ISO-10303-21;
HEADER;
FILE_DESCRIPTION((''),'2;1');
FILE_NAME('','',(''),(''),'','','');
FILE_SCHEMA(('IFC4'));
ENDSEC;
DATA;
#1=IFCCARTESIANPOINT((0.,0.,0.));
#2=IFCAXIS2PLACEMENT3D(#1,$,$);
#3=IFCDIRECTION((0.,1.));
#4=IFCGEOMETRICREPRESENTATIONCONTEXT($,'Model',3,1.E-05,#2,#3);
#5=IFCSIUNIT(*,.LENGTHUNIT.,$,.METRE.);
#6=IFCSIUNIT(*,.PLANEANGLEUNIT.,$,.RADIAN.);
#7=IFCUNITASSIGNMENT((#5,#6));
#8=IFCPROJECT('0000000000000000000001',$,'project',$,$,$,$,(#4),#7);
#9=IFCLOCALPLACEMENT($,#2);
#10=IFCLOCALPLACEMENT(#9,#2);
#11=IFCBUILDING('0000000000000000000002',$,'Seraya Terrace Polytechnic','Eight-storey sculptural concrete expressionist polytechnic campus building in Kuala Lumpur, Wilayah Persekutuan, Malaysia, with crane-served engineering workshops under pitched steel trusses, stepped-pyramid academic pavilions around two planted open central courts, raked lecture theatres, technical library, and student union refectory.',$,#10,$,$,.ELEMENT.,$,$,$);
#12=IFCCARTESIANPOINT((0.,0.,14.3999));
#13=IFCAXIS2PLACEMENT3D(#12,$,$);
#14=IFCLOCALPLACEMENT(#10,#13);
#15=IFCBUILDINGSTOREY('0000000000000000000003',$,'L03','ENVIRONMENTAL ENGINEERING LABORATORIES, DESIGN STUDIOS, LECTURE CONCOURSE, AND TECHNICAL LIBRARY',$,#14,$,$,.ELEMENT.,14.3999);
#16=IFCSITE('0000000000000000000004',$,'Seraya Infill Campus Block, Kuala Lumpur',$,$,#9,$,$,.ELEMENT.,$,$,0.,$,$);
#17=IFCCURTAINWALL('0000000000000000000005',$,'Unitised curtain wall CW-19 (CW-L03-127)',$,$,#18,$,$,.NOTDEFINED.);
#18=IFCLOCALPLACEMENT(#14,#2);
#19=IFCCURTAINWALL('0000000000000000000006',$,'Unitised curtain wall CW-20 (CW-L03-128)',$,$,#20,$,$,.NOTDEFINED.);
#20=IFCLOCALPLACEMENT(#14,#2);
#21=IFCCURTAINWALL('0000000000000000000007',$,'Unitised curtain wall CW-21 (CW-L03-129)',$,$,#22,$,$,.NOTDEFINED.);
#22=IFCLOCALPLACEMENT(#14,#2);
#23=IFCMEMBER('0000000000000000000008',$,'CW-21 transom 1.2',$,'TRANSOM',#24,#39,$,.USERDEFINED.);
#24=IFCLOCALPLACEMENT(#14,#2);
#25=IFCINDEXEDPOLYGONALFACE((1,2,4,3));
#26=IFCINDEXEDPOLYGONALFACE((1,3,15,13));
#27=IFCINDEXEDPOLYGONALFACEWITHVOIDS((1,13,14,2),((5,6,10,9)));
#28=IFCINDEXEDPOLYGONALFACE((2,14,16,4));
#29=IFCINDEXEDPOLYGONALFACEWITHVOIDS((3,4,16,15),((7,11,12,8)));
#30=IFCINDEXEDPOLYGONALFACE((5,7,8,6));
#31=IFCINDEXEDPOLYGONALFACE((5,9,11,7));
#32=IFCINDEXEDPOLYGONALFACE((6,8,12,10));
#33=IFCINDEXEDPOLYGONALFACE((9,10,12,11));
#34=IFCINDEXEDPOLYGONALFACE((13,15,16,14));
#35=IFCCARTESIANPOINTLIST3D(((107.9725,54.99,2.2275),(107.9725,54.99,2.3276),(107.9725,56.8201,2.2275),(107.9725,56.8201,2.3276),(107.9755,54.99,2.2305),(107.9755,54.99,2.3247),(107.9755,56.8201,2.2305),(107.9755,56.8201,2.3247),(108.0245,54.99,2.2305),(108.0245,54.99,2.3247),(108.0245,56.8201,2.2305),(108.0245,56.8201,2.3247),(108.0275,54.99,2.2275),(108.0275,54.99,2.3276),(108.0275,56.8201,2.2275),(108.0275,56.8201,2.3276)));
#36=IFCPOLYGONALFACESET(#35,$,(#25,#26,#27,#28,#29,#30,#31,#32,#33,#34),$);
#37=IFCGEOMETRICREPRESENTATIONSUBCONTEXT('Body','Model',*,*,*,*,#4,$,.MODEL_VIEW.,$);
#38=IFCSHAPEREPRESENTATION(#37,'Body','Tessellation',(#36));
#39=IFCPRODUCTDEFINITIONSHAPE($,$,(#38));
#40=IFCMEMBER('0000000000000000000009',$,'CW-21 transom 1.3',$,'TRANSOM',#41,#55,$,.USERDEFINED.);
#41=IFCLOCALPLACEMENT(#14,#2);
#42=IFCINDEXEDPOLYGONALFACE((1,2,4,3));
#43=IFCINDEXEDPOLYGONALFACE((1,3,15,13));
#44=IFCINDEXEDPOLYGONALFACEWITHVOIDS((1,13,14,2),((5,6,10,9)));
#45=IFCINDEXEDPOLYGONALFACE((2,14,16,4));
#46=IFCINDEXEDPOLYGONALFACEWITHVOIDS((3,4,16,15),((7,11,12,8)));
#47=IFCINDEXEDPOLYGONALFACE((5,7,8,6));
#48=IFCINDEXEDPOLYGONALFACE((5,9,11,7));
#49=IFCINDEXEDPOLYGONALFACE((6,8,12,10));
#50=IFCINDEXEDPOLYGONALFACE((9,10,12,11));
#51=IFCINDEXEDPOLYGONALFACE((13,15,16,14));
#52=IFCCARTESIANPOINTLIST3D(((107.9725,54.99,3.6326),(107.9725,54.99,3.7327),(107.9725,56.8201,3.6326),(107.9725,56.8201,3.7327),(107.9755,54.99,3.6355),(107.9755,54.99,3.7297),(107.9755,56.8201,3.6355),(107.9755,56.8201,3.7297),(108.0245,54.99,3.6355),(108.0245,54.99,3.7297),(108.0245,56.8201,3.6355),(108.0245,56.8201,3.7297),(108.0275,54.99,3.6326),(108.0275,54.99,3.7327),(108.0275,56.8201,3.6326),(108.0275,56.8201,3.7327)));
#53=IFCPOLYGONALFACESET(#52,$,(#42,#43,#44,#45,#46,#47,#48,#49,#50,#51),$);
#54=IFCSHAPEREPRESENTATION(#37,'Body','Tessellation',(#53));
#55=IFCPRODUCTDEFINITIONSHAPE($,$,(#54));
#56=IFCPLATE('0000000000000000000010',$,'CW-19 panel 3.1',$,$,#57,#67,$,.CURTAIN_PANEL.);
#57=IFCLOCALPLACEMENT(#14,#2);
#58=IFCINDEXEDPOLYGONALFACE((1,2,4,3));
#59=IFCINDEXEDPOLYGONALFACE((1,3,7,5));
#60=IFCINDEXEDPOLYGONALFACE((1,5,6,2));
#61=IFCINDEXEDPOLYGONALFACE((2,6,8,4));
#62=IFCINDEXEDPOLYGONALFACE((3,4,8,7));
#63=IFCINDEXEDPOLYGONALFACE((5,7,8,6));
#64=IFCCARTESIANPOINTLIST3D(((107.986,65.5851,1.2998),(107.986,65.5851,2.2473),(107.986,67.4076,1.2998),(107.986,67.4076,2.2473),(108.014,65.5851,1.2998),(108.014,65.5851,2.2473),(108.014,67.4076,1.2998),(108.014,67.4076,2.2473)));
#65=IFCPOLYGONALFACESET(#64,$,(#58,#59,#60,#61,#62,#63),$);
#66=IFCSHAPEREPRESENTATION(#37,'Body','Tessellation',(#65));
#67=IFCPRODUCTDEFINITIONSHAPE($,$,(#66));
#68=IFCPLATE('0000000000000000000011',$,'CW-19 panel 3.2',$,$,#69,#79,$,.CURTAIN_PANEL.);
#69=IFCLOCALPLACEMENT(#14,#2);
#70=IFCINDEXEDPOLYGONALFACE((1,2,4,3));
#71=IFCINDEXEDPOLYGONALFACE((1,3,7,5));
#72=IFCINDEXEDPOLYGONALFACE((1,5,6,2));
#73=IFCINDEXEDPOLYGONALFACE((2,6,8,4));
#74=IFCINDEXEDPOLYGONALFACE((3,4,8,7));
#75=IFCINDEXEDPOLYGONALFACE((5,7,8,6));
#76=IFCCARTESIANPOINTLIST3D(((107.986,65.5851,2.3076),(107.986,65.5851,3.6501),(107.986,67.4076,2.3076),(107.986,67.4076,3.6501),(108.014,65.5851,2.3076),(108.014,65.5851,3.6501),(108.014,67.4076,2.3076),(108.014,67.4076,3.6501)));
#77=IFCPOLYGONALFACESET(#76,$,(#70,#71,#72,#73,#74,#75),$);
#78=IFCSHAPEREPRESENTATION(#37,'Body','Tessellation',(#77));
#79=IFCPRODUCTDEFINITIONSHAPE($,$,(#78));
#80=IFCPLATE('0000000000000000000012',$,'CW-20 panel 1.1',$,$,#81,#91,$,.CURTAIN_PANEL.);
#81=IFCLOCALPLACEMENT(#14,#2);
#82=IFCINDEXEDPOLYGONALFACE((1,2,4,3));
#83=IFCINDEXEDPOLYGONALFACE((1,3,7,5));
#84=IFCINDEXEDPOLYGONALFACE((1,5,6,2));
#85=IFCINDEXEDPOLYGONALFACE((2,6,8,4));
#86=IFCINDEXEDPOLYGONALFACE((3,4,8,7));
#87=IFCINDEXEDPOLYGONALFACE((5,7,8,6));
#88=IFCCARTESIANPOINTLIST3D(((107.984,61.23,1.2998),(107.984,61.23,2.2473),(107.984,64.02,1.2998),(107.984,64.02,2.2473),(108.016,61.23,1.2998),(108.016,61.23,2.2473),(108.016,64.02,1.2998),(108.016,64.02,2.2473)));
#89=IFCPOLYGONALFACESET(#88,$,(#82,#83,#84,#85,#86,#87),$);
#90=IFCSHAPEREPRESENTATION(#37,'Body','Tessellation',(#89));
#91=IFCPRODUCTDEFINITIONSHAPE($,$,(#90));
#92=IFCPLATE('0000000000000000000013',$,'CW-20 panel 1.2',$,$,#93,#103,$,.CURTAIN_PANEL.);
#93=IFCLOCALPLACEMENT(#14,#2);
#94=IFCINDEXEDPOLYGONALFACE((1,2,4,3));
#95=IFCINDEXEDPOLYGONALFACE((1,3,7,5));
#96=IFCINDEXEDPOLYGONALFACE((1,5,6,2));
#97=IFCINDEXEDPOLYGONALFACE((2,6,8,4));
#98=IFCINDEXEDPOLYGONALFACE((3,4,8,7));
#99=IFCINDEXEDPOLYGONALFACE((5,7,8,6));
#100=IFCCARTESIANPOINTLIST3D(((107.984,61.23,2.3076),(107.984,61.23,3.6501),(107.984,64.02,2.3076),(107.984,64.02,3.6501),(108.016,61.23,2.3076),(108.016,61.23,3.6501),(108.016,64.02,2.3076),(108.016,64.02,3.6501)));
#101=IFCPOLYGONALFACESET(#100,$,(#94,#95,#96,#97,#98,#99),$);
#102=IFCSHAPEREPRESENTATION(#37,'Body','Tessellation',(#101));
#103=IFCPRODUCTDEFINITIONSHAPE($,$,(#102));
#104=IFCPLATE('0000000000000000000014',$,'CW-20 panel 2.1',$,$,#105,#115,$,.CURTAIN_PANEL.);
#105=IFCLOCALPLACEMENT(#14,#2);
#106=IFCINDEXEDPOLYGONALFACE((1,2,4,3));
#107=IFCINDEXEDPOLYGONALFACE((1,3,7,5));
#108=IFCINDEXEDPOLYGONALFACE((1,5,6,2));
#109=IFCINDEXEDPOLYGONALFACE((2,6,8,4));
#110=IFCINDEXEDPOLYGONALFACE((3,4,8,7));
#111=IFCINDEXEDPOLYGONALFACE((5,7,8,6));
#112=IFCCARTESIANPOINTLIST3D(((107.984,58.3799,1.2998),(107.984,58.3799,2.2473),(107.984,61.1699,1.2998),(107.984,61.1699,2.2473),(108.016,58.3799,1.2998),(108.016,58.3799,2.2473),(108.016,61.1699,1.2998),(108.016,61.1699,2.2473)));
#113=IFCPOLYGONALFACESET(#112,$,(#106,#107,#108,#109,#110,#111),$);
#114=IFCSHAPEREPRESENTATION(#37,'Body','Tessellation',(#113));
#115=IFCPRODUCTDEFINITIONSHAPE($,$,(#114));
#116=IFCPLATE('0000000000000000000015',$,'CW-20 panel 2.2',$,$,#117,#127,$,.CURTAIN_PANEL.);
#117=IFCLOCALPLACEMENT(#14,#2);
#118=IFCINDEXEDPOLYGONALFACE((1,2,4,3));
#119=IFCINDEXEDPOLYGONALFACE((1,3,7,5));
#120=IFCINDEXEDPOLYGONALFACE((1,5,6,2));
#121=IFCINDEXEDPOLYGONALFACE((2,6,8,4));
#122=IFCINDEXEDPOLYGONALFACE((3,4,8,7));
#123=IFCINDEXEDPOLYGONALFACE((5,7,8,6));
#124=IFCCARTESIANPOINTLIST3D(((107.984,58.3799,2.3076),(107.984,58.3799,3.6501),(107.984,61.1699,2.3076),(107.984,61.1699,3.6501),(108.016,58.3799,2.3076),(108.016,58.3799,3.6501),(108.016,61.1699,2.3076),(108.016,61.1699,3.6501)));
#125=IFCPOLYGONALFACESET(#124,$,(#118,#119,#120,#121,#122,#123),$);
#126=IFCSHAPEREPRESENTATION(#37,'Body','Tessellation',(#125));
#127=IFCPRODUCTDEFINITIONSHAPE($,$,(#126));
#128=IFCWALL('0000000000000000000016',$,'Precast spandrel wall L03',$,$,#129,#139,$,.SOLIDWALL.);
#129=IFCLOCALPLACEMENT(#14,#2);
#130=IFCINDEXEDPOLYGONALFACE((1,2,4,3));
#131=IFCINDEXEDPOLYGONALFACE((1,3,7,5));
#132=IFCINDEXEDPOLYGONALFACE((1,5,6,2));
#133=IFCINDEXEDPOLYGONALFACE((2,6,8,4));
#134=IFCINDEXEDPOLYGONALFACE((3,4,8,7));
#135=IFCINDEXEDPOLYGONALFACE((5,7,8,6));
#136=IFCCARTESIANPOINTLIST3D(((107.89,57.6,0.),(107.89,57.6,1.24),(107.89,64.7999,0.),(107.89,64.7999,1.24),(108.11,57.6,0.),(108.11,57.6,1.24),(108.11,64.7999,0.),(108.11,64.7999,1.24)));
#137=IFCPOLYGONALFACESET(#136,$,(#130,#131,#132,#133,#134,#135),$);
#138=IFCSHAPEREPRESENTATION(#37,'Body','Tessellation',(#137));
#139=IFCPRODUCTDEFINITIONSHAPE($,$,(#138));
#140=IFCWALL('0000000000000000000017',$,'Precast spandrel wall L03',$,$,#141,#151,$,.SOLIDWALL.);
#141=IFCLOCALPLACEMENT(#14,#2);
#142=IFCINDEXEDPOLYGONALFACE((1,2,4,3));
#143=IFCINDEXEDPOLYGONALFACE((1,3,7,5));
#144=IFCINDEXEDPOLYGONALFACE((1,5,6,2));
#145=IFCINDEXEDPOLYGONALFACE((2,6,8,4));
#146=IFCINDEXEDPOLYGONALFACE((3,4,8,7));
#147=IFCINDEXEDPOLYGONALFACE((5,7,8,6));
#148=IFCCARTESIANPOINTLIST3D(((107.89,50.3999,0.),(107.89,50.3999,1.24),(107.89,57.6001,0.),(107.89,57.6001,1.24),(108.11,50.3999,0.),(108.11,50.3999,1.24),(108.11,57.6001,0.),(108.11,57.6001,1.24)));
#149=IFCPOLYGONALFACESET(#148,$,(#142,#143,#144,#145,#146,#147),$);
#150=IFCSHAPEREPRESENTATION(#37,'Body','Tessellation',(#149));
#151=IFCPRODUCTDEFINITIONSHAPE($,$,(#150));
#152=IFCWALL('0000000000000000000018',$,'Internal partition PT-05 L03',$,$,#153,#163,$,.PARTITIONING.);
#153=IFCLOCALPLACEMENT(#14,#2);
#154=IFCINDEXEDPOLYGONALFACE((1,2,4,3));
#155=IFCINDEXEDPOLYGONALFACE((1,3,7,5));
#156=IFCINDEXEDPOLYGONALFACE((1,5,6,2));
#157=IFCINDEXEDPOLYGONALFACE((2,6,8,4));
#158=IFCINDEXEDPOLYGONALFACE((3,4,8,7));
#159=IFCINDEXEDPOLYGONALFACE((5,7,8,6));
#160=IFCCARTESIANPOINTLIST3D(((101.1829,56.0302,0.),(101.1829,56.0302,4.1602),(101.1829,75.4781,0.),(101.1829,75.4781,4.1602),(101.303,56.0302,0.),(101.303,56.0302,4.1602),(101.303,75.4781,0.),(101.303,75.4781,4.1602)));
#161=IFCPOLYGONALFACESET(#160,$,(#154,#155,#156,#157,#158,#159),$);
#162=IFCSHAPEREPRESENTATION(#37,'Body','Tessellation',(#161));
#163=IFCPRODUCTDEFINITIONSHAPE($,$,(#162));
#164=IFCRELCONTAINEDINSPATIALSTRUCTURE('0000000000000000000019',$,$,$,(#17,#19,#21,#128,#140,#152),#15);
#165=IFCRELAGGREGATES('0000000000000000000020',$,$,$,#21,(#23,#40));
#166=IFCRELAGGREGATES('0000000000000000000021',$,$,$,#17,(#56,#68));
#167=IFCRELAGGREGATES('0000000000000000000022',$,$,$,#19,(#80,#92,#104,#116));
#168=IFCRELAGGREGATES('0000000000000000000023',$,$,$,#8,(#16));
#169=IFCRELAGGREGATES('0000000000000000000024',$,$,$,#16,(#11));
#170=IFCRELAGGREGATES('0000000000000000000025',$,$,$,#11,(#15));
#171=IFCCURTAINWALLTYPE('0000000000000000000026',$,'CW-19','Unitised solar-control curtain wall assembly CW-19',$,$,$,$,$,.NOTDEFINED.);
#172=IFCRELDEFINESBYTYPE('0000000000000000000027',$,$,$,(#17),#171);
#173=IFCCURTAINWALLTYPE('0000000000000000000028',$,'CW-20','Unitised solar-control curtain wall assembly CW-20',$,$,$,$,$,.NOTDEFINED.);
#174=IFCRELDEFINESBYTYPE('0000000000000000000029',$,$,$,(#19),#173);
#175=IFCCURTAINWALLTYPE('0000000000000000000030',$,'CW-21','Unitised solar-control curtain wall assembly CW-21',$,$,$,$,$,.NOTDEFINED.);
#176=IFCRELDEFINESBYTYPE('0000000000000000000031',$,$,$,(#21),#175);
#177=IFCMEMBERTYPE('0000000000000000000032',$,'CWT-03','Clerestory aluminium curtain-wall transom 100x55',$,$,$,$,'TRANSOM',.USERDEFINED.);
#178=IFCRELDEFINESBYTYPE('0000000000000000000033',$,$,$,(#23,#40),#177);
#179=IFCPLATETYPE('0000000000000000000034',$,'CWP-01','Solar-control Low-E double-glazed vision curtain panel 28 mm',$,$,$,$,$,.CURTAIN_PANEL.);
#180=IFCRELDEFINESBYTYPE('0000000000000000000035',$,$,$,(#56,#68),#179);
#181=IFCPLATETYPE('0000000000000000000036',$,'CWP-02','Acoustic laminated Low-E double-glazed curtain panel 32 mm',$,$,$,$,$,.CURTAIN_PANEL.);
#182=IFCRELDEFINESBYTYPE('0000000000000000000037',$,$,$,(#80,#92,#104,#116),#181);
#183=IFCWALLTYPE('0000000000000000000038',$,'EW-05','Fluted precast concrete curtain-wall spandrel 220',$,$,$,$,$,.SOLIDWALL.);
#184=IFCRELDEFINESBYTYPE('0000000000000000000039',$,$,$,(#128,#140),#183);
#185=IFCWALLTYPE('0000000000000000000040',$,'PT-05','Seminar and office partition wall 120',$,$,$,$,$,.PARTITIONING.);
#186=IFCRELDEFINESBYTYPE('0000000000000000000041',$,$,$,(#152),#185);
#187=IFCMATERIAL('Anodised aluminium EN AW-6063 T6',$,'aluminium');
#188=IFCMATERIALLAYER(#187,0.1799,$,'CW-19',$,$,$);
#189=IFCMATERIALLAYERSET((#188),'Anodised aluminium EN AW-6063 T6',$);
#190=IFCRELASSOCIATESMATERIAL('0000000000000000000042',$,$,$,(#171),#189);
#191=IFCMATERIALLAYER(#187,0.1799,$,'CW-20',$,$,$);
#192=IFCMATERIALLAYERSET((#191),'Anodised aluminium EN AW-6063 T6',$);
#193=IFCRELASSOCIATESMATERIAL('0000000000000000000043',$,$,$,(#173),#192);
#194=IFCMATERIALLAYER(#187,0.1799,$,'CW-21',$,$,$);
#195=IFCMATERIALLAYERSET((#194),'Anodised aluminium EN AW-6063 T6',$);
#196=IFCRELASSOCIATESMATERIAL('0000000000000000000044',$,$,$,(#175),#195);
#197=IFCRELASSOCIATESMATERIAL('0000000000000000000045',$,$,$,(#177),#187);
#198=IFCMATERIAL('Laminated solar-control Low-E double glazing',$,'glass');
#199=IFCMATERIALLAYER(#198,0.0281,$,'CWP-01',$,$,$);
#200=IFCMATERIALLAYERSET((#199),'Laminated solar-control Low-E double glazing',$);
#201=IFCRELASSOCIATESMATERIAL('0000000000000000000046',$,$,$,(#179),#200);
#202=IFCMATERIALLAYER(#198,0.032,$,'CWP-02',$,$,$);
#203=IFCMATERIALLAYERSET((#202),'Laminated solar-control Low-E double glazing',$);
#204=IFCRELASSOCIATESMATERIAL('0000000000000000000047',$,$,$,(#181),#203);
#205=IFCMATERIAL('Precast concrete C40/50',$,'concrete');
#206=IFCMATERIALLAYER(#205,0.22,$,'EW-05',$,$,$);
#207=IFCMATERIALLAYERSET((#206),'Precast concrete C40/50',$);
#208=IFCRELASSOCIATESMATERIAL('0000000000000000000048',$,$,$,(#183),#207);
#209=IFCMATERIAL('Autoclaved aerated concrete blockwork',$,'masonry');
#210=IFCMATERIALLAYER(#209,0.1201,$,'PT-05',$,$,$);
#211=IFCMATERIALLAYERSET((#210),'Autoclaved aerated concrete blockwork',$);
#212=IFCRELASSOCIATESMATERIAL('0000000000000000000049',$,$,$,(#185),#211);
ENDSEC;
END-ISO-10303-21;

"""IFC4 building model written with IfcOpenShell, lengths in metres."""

from ifc_helpers import new_model, si_unit, direction, frame, frame_2d, origin, origin_2d, place, context, subcontext, project, spatial, rectangle, hollow_rectangle, extrude, material, layer, layer_set, material_profile, profile_set, type_object, element, aggregate, save


model = new_model("IFC4")

# Units and contexts
model_context = context("Model", 3, precision=1e-05, world=origin(), true_north=direction((0.0, 1.0)))
body_context = subcontext(model_context, "Body", "Model", "MODEL_VIEW")
ifc_project = project(units=[si_unit("LENGTHUNIT", "METRE"), si_unit("PLANEANGLEUNIT", "RADIAN")], contexts=[model_context])

# Site, building, storey
site_placement = place(None, origin())
site = spatial("IfcSite", under=ifc_project, at=site_placement, Name="Seraya Infill Campus Block, Kuala Lumpur", CompositionType="ELEMENT", RefElevation=0.0)
building_placement = place(site_placement, origin())
building = spatial("IfcBuilding", under=site, at=building_placement, Name="Seraya Terrace Polytechnic", Description="Eight-storey sculptural concrete expressionist polytechnic campus building in Kuala Lumpur, Wilayah Persekutuan, Malaysia, with crane-served engineering workshops under pitched steel trusses, stepped-pyramid academic pavilions around two planted open central courts, raked lecture theatres, technical library, and student union refectory.", CompositionType="ELEMENT")
storey_placement = place(building_placement, frame((0.0, 0.0, 14.3999)))
storey = spatial("IfcBuildingStorey", under=building, at=storey_placement, Name="L03", Description="ENVIRONMENTAL ENGINEERING LABORATORIES, DESIGN STUDIOS, LECTURE CONCOURSE, AND TECHNICAL LIBRARY", CompositionType="ELEMENT", Elevation=14.3999)

# Curtain wall
ifc_material_1 = material(Name="Anodised aluminium EN AW-6063 T6", Category="aluminium")
ifc_layer_1 = layer(ifc_material_1, 0.1799, Name="CW-19")
ifc_layer_set_1 = layer_set([ifc_layer_1], Name="Anodised aluminium EN AW-6063 T6")
curtain_wall_type_1 = type_object("IfcCurtainWallType", Name="CW-19", Description="Unitised solar-control curtain wall assembly CW-19", PredefinedType="NOTDEFINED", material=ifc_layer_set_1)
curtain_wall_1_placement = place(storey_placement, origin())
curtain_wall_1 = element("IfcCurtainWall", 1, at=curtain_wall_1_placement, inside=storey, type_object=curtain_wall_type_1, Name="Unitised curtain wall CW-19 (CW-L03-127)", PredefinedType="NOTDEFINED")

# Curtain wall
ifc_layer_2 = layer(ifc_material_1, 0.1799, Name="CW-20")
ifc_layer_set_2 = layer_set([ifc_layer_2], Name="Anodised aluminium EN AW-6063 T6")
curtain_wall_type_2 = type_object("IfcCurtainWallType", Name="CW-20", Description="Unitised solar-control curtain wall assembly CW-20", PredefinedType="NOTDEFINED", material=ifc_layer_set_2)
curtain_wall_2_placement = place(storey_placement, origin())
curtain_wall_2 = element("IfcCurtainWall", 2, at=curtain_wall_2_placement, inside=storey, type_object=curtain_wall_type_2, Name="Unitised curtain wall CW-20 (CW-L03-128)", PredefinedType="NOTDEFINED")

# Curtain wall
ifc_layer_3 = layer(ifc_material_1, 0.1799, Name="CW-21")
ifc_layer_set_3 = layer_set([ifc_layer_3], Name="Anodised aluminium EN AW-6063 T6")
curtain_wall_type_3 = type_object("IfcCurtainWallType", Name="CW-21", Description="Unitised solar-control curtain wall assembly CW-21", PredefinedType="NOTDEFINED", material=ifc_layer_set_3)
curtain_wall_3_placement = place(storey_placement, origin())
curtain_wall_3 = element("IfcCurtainWall", 3, at=curtain_wall_3_placement, inside=storey, type_object=curtain_wall_type_3, Name="Unitised curtain wall CW-21 (CW-L03-129)", PredefinedType="NOTDEFINED")

# Members
ifc_material_profile_1 = material_profile(ifc_material_1, hollow_rectangle(XDim=0.0549, YDim=0.1001, WallThickness=0.0029, at=origin_2d()), Name="RHS 100x55x3.0")
ifc_profile_set_1 = profile_set([ifc_material_profile_1], Name="Anodised aluminium EN AW-6063 T6")
member_type_1 = type_object("IfcMemberType", Name="CWT-03", Description="Clerestory aluminium curtain-wall transom 100x55", ElementType="TRANSOM", PredefinedType="USERDEFINED", material=ifc_profile_set_1)
member_1_placement = place(storey_placement, frame((108.0, 56.8201, 2.2776), z_axis=(0.0, -1.0, 0.0), x_axis=(1.0, 0.0, 0.0)))
member_1 = element("IfcMember", 4, at=member_1_placement, type_object=member_type_1, Name="CW-21 transom 1.2", ObjectType="TRANSOM", PredefinedType="USERDEFINED", context=body_context, shape_type="SweptSolid", body=[
    extrude(hollow_rectangle(XDim=0.0549, YDim=0.1001, WallThickness=0.0029, at=origin_2d()), origin(), (0.0, 0.0, 1.0), 1.8301),
])
member_2_placement = place(storey_placement, frame((108.0, 56.8201, 3.6826), z_axis=(0.0, -1.0, 0.0), x_axis=(1.0, 0.0, 0.0)))
member_2 = element("IfcMember", 5, at=member_2_placement, type_object=member_type_1, Name="CW-21 transom 1.3", ObjectType="TRANSOM", PredefinedType="USERDEFINED", context=body_context, shape_type="SweptSolid", body=[
    extrude(hollow_rectangle(XDim=0.0549, YDim=0.1001, WallThickness=0.0029, at=origin_2d()), origin(), (0.0, 0.0, 1.0), 1.8301),
])
aggregate(curtain_wall_3, [member_1, member_2])

# Plates
ifc_material_2 = material(Name="Laminated solar-control Low-E double glazing", Category="glass")
ifc_layer_4 = layer(ifc_material_2, 0.0281, Name="CWP-01")
ifc_layer_set_4 = layer_set([ifc_layer_4], Name="Laminated solar-control Low-E double glazing")
plate_type_1 = type_object("IfcPlateType", Name="CWP-01", Description="Solar-control Low-E double-glazed vision curtain panel 28 mm", PredefinedType="CURTAIN_PANEL", material=ifc_layer_set_4)
plate_1_placement = place(storey_placement, frame((108.0, 66.4963, 1.2998), z_axis=(0.0, 0.0, 1.0), x_axis=(0.0, -1.0, 0.0)))
plate_1 = element("IfcPlate", 6, at=plate_1_placement, type_object=plate_type_1, Name="CW-19 panel 3.1", PredefinedType="CURTAIN_PANEL", context=body_context, shape_type="SweptSolid", body=[
    extrude(rectangle(XDim=1.8225, YDim=0.0281, at=origin_2d()), origin(), (0.0, 0.0, 1.0), 0.9475),
])
plate_2_placement = place(storey_placement, frame((108.0, 66.4963, 2.3076), z_axis=(0.0, 0.0, 1.0), x_axis=(0.0, -1.0, 0.0)))
plate_2 = element("IfcPlate", 7, at=plate_2_placement, type_object=plate_type_1, Name="CW-19 panel 3.2", PredefinedType="CURTAIN_PANEL", context=body_context, shape_type="SweptSolid", body=[
    extrude(rectangle(XDim=1.8225, YDim=0.0281, at=origin_2d()), origin(), (0.0, 0.0, 1.0), 1.3425),
])
aggregate(curtain_wall_1, [plate_1, plate_2])
ifc_layer_5 = layer(ifc_material_2, 0.032, Name="CWP-02")
ifc_layer_set_5 = layer_set([ifc_layer_5], Name="Laminated solar-control Low-E double glazing")
plate_type_2 = type_object("IfcPlateType", Name="CWP-02", Description="Acoustic laminated Low-E double-glazed curtain panel 32 mm", PredefinedType="CURTAIN_PANEL", material=ifc_layer_set_5)
plate_3_placement = place(storey_placement, frame((108.0, 62.625, 1.2998), z_axis=(0.0, 0.0, 1.0), x_axis=(0.0, -1.0, 0.0)))
plate_3 = element("IfcPlate", 8, at=plate_3_placement, type_object=plate_type_2, Name="CW-20 panel 1.1", PredefinedType="CURTAIN_PANEL", context=body_context, shape_type="SweptSolid", body=[
    extrude(rectangle(XDim=2.79, YDim=0.032, at=origin_2d()), origin(), (0.0, 0.0, 1.0), 0.9475),
])
plate_4_placement = place(storey_placement, frame((108.0, 62.625, 2.3076), z_axis=(0.0, 0.0, 1.0), x_axis=(0.0, -1.0, 0.0)))
plate_4 = element("IfcPlate", 9, at=plate_4_placement, type_object=plate_type_2, Name="CW-20 panel 1.2", PredefinedType="CURTAIN_PANEL", context=body_context, shape_type="SweptSolid", body=[
    extrude(rectangle(XDim=2.79, YDim=0.032, at=origin_2d()), origin(), (0.0, 0.0, 1.0), 1.3425),
])
plate_5_placement = place(storey_placement, frame((108.0, 59.7749, 1.2998), z_axis=(0.0, 0.0, 1.0), x_axis=(0.0, -1.0, 0.0)))
plate_5 = element("IfcPlate", 10, at=plate_5_placement, type_object=plate_type_2, Name="CW-20 panel 2.1", PredefinedType="CURTAIN_PANEL", context=body_context, shape_type="SweptSolid", body=[
    extrude(rectangle(XDim=2.79, YDim=0.032, at=origin_2d()), origin(), (0.0, 0.0, 1.0), 0.9475),
])
plate_6_placement = place(storey_placement, frame((108.0, 59.7749, 2.3076), z_axis=(0.0, 0.0, 1.0), x_axis=(0.0, -1.0, 0.0)))
plate_6 = element("IfcPlate", 11, at=plate_6_placement, type_object=plate_type_2, Name="CW-20 panel 2.2", PredefinedType="CURTAIN_PANEL", context=body_context, shape_type="SweptSolid", body=[
    extrude(rectangle(XDim=2.79, YDim=0.032, at=origin_2d()), origin(), (0.0, 0.0, 1.0), 1.3425),
])
aggregate(curtain_wall_2, [plate_3, plate_4, plate_5, plate_6])

# Walls
ifc_material_3 = material(Name="Precast concrete C40/50", Category="concrete")
ifc_layer_6 = layer(ifc_material_3, 0.22, Name="EW-05")
ifc_layer_set_6 = layer_set([ifc_layer_6], Name="Precast concrete C40/50")
wall_type_1 = type_object("IfcWallType", Name="EW-05", Description="Fluted precast concrete curtain-wall spandrel 220", PredefinedType="SOLIDWALL", material=ifc_layer_set_6)
wall_1_placement = place(storey_placement, frame((108.0, 64.8, 0.0), z_axis=(0.0, 0.0, 1.0), x_axis=(0.0, -1.0, 0.0)))
element("IfcWall", 12, at=wall_1_placement, inside=storey, type_object=wall_type_1, Name="Precast spandrel wall L03", PredefinedType="SOLIDWALL", context=body_context, shape_type="SweptSolid", body=[
    extrude(rectangle(XDim=7.2, YDim=0.22, at=frame_2d((3.6001, 0.0))), origin(), (0.0, 0.0, 1.0), 1.24),
])
wall_2_placement = place(storey_placement, frame((108.0, 57.6001, 0.0), z_axis=(0.0, 0.0, 1.0), x_axis=(0.0, -1.0, 0.0)))
element("IfcWall", 13, at=wall_2_placement, inside=storey, type_object=wall_type_1, Name="Precast spandrel wall L03", PredefinedType="SOLIDWALL", context=body_context, shape_type="SweptSolid", body=[
    extrude(rectangle(XDim=7.2002, YDim=0.22, at=frame_2d((3.6001, 0.0))), origin(), (0.0, 0.0, 1.0), 1.24),
])
ifc_material_4 = material(Name="Autoclaved aerated concrete blockwork", Category="masonry")
ifc_layer_7 = layer(ifc_material_4, 0.1201, Name="PT-05")
ifc_layer_set_7 = layer_set([ifc_layer_7], Name="Autoclaved aerated concrete blockwork")
wall_type_2 = type_object("IfcWallType", Name="PT-05", Description="Seminar and office partition wall 120", PredefinedType="PARTITIONING", material=ifc_layer_set_7)
wall_3_placement = place(storey_placement, frame((101.2429, 56.03, 0.0), z_axis=(0.0, 0.0, 1.0), x_axis=(0.0, 1.0, 0.0)))
element("IfcWall", 14, at=wall_3_placement, inside=storey, type_object=wall_type_2, Name="Internal partition PT-05 L03", PredefinedType="PARTITIONING", context=body_context, shape_type="SweptSolid", body=[
    extrude(rectangle(XDim=19.448, YDim=0.1201, at=frame_2d((9.7241, 0.0))), origin(), (0.0, 0.0, 1.0), 4.1602),
])

save(model, "model.ifc")
